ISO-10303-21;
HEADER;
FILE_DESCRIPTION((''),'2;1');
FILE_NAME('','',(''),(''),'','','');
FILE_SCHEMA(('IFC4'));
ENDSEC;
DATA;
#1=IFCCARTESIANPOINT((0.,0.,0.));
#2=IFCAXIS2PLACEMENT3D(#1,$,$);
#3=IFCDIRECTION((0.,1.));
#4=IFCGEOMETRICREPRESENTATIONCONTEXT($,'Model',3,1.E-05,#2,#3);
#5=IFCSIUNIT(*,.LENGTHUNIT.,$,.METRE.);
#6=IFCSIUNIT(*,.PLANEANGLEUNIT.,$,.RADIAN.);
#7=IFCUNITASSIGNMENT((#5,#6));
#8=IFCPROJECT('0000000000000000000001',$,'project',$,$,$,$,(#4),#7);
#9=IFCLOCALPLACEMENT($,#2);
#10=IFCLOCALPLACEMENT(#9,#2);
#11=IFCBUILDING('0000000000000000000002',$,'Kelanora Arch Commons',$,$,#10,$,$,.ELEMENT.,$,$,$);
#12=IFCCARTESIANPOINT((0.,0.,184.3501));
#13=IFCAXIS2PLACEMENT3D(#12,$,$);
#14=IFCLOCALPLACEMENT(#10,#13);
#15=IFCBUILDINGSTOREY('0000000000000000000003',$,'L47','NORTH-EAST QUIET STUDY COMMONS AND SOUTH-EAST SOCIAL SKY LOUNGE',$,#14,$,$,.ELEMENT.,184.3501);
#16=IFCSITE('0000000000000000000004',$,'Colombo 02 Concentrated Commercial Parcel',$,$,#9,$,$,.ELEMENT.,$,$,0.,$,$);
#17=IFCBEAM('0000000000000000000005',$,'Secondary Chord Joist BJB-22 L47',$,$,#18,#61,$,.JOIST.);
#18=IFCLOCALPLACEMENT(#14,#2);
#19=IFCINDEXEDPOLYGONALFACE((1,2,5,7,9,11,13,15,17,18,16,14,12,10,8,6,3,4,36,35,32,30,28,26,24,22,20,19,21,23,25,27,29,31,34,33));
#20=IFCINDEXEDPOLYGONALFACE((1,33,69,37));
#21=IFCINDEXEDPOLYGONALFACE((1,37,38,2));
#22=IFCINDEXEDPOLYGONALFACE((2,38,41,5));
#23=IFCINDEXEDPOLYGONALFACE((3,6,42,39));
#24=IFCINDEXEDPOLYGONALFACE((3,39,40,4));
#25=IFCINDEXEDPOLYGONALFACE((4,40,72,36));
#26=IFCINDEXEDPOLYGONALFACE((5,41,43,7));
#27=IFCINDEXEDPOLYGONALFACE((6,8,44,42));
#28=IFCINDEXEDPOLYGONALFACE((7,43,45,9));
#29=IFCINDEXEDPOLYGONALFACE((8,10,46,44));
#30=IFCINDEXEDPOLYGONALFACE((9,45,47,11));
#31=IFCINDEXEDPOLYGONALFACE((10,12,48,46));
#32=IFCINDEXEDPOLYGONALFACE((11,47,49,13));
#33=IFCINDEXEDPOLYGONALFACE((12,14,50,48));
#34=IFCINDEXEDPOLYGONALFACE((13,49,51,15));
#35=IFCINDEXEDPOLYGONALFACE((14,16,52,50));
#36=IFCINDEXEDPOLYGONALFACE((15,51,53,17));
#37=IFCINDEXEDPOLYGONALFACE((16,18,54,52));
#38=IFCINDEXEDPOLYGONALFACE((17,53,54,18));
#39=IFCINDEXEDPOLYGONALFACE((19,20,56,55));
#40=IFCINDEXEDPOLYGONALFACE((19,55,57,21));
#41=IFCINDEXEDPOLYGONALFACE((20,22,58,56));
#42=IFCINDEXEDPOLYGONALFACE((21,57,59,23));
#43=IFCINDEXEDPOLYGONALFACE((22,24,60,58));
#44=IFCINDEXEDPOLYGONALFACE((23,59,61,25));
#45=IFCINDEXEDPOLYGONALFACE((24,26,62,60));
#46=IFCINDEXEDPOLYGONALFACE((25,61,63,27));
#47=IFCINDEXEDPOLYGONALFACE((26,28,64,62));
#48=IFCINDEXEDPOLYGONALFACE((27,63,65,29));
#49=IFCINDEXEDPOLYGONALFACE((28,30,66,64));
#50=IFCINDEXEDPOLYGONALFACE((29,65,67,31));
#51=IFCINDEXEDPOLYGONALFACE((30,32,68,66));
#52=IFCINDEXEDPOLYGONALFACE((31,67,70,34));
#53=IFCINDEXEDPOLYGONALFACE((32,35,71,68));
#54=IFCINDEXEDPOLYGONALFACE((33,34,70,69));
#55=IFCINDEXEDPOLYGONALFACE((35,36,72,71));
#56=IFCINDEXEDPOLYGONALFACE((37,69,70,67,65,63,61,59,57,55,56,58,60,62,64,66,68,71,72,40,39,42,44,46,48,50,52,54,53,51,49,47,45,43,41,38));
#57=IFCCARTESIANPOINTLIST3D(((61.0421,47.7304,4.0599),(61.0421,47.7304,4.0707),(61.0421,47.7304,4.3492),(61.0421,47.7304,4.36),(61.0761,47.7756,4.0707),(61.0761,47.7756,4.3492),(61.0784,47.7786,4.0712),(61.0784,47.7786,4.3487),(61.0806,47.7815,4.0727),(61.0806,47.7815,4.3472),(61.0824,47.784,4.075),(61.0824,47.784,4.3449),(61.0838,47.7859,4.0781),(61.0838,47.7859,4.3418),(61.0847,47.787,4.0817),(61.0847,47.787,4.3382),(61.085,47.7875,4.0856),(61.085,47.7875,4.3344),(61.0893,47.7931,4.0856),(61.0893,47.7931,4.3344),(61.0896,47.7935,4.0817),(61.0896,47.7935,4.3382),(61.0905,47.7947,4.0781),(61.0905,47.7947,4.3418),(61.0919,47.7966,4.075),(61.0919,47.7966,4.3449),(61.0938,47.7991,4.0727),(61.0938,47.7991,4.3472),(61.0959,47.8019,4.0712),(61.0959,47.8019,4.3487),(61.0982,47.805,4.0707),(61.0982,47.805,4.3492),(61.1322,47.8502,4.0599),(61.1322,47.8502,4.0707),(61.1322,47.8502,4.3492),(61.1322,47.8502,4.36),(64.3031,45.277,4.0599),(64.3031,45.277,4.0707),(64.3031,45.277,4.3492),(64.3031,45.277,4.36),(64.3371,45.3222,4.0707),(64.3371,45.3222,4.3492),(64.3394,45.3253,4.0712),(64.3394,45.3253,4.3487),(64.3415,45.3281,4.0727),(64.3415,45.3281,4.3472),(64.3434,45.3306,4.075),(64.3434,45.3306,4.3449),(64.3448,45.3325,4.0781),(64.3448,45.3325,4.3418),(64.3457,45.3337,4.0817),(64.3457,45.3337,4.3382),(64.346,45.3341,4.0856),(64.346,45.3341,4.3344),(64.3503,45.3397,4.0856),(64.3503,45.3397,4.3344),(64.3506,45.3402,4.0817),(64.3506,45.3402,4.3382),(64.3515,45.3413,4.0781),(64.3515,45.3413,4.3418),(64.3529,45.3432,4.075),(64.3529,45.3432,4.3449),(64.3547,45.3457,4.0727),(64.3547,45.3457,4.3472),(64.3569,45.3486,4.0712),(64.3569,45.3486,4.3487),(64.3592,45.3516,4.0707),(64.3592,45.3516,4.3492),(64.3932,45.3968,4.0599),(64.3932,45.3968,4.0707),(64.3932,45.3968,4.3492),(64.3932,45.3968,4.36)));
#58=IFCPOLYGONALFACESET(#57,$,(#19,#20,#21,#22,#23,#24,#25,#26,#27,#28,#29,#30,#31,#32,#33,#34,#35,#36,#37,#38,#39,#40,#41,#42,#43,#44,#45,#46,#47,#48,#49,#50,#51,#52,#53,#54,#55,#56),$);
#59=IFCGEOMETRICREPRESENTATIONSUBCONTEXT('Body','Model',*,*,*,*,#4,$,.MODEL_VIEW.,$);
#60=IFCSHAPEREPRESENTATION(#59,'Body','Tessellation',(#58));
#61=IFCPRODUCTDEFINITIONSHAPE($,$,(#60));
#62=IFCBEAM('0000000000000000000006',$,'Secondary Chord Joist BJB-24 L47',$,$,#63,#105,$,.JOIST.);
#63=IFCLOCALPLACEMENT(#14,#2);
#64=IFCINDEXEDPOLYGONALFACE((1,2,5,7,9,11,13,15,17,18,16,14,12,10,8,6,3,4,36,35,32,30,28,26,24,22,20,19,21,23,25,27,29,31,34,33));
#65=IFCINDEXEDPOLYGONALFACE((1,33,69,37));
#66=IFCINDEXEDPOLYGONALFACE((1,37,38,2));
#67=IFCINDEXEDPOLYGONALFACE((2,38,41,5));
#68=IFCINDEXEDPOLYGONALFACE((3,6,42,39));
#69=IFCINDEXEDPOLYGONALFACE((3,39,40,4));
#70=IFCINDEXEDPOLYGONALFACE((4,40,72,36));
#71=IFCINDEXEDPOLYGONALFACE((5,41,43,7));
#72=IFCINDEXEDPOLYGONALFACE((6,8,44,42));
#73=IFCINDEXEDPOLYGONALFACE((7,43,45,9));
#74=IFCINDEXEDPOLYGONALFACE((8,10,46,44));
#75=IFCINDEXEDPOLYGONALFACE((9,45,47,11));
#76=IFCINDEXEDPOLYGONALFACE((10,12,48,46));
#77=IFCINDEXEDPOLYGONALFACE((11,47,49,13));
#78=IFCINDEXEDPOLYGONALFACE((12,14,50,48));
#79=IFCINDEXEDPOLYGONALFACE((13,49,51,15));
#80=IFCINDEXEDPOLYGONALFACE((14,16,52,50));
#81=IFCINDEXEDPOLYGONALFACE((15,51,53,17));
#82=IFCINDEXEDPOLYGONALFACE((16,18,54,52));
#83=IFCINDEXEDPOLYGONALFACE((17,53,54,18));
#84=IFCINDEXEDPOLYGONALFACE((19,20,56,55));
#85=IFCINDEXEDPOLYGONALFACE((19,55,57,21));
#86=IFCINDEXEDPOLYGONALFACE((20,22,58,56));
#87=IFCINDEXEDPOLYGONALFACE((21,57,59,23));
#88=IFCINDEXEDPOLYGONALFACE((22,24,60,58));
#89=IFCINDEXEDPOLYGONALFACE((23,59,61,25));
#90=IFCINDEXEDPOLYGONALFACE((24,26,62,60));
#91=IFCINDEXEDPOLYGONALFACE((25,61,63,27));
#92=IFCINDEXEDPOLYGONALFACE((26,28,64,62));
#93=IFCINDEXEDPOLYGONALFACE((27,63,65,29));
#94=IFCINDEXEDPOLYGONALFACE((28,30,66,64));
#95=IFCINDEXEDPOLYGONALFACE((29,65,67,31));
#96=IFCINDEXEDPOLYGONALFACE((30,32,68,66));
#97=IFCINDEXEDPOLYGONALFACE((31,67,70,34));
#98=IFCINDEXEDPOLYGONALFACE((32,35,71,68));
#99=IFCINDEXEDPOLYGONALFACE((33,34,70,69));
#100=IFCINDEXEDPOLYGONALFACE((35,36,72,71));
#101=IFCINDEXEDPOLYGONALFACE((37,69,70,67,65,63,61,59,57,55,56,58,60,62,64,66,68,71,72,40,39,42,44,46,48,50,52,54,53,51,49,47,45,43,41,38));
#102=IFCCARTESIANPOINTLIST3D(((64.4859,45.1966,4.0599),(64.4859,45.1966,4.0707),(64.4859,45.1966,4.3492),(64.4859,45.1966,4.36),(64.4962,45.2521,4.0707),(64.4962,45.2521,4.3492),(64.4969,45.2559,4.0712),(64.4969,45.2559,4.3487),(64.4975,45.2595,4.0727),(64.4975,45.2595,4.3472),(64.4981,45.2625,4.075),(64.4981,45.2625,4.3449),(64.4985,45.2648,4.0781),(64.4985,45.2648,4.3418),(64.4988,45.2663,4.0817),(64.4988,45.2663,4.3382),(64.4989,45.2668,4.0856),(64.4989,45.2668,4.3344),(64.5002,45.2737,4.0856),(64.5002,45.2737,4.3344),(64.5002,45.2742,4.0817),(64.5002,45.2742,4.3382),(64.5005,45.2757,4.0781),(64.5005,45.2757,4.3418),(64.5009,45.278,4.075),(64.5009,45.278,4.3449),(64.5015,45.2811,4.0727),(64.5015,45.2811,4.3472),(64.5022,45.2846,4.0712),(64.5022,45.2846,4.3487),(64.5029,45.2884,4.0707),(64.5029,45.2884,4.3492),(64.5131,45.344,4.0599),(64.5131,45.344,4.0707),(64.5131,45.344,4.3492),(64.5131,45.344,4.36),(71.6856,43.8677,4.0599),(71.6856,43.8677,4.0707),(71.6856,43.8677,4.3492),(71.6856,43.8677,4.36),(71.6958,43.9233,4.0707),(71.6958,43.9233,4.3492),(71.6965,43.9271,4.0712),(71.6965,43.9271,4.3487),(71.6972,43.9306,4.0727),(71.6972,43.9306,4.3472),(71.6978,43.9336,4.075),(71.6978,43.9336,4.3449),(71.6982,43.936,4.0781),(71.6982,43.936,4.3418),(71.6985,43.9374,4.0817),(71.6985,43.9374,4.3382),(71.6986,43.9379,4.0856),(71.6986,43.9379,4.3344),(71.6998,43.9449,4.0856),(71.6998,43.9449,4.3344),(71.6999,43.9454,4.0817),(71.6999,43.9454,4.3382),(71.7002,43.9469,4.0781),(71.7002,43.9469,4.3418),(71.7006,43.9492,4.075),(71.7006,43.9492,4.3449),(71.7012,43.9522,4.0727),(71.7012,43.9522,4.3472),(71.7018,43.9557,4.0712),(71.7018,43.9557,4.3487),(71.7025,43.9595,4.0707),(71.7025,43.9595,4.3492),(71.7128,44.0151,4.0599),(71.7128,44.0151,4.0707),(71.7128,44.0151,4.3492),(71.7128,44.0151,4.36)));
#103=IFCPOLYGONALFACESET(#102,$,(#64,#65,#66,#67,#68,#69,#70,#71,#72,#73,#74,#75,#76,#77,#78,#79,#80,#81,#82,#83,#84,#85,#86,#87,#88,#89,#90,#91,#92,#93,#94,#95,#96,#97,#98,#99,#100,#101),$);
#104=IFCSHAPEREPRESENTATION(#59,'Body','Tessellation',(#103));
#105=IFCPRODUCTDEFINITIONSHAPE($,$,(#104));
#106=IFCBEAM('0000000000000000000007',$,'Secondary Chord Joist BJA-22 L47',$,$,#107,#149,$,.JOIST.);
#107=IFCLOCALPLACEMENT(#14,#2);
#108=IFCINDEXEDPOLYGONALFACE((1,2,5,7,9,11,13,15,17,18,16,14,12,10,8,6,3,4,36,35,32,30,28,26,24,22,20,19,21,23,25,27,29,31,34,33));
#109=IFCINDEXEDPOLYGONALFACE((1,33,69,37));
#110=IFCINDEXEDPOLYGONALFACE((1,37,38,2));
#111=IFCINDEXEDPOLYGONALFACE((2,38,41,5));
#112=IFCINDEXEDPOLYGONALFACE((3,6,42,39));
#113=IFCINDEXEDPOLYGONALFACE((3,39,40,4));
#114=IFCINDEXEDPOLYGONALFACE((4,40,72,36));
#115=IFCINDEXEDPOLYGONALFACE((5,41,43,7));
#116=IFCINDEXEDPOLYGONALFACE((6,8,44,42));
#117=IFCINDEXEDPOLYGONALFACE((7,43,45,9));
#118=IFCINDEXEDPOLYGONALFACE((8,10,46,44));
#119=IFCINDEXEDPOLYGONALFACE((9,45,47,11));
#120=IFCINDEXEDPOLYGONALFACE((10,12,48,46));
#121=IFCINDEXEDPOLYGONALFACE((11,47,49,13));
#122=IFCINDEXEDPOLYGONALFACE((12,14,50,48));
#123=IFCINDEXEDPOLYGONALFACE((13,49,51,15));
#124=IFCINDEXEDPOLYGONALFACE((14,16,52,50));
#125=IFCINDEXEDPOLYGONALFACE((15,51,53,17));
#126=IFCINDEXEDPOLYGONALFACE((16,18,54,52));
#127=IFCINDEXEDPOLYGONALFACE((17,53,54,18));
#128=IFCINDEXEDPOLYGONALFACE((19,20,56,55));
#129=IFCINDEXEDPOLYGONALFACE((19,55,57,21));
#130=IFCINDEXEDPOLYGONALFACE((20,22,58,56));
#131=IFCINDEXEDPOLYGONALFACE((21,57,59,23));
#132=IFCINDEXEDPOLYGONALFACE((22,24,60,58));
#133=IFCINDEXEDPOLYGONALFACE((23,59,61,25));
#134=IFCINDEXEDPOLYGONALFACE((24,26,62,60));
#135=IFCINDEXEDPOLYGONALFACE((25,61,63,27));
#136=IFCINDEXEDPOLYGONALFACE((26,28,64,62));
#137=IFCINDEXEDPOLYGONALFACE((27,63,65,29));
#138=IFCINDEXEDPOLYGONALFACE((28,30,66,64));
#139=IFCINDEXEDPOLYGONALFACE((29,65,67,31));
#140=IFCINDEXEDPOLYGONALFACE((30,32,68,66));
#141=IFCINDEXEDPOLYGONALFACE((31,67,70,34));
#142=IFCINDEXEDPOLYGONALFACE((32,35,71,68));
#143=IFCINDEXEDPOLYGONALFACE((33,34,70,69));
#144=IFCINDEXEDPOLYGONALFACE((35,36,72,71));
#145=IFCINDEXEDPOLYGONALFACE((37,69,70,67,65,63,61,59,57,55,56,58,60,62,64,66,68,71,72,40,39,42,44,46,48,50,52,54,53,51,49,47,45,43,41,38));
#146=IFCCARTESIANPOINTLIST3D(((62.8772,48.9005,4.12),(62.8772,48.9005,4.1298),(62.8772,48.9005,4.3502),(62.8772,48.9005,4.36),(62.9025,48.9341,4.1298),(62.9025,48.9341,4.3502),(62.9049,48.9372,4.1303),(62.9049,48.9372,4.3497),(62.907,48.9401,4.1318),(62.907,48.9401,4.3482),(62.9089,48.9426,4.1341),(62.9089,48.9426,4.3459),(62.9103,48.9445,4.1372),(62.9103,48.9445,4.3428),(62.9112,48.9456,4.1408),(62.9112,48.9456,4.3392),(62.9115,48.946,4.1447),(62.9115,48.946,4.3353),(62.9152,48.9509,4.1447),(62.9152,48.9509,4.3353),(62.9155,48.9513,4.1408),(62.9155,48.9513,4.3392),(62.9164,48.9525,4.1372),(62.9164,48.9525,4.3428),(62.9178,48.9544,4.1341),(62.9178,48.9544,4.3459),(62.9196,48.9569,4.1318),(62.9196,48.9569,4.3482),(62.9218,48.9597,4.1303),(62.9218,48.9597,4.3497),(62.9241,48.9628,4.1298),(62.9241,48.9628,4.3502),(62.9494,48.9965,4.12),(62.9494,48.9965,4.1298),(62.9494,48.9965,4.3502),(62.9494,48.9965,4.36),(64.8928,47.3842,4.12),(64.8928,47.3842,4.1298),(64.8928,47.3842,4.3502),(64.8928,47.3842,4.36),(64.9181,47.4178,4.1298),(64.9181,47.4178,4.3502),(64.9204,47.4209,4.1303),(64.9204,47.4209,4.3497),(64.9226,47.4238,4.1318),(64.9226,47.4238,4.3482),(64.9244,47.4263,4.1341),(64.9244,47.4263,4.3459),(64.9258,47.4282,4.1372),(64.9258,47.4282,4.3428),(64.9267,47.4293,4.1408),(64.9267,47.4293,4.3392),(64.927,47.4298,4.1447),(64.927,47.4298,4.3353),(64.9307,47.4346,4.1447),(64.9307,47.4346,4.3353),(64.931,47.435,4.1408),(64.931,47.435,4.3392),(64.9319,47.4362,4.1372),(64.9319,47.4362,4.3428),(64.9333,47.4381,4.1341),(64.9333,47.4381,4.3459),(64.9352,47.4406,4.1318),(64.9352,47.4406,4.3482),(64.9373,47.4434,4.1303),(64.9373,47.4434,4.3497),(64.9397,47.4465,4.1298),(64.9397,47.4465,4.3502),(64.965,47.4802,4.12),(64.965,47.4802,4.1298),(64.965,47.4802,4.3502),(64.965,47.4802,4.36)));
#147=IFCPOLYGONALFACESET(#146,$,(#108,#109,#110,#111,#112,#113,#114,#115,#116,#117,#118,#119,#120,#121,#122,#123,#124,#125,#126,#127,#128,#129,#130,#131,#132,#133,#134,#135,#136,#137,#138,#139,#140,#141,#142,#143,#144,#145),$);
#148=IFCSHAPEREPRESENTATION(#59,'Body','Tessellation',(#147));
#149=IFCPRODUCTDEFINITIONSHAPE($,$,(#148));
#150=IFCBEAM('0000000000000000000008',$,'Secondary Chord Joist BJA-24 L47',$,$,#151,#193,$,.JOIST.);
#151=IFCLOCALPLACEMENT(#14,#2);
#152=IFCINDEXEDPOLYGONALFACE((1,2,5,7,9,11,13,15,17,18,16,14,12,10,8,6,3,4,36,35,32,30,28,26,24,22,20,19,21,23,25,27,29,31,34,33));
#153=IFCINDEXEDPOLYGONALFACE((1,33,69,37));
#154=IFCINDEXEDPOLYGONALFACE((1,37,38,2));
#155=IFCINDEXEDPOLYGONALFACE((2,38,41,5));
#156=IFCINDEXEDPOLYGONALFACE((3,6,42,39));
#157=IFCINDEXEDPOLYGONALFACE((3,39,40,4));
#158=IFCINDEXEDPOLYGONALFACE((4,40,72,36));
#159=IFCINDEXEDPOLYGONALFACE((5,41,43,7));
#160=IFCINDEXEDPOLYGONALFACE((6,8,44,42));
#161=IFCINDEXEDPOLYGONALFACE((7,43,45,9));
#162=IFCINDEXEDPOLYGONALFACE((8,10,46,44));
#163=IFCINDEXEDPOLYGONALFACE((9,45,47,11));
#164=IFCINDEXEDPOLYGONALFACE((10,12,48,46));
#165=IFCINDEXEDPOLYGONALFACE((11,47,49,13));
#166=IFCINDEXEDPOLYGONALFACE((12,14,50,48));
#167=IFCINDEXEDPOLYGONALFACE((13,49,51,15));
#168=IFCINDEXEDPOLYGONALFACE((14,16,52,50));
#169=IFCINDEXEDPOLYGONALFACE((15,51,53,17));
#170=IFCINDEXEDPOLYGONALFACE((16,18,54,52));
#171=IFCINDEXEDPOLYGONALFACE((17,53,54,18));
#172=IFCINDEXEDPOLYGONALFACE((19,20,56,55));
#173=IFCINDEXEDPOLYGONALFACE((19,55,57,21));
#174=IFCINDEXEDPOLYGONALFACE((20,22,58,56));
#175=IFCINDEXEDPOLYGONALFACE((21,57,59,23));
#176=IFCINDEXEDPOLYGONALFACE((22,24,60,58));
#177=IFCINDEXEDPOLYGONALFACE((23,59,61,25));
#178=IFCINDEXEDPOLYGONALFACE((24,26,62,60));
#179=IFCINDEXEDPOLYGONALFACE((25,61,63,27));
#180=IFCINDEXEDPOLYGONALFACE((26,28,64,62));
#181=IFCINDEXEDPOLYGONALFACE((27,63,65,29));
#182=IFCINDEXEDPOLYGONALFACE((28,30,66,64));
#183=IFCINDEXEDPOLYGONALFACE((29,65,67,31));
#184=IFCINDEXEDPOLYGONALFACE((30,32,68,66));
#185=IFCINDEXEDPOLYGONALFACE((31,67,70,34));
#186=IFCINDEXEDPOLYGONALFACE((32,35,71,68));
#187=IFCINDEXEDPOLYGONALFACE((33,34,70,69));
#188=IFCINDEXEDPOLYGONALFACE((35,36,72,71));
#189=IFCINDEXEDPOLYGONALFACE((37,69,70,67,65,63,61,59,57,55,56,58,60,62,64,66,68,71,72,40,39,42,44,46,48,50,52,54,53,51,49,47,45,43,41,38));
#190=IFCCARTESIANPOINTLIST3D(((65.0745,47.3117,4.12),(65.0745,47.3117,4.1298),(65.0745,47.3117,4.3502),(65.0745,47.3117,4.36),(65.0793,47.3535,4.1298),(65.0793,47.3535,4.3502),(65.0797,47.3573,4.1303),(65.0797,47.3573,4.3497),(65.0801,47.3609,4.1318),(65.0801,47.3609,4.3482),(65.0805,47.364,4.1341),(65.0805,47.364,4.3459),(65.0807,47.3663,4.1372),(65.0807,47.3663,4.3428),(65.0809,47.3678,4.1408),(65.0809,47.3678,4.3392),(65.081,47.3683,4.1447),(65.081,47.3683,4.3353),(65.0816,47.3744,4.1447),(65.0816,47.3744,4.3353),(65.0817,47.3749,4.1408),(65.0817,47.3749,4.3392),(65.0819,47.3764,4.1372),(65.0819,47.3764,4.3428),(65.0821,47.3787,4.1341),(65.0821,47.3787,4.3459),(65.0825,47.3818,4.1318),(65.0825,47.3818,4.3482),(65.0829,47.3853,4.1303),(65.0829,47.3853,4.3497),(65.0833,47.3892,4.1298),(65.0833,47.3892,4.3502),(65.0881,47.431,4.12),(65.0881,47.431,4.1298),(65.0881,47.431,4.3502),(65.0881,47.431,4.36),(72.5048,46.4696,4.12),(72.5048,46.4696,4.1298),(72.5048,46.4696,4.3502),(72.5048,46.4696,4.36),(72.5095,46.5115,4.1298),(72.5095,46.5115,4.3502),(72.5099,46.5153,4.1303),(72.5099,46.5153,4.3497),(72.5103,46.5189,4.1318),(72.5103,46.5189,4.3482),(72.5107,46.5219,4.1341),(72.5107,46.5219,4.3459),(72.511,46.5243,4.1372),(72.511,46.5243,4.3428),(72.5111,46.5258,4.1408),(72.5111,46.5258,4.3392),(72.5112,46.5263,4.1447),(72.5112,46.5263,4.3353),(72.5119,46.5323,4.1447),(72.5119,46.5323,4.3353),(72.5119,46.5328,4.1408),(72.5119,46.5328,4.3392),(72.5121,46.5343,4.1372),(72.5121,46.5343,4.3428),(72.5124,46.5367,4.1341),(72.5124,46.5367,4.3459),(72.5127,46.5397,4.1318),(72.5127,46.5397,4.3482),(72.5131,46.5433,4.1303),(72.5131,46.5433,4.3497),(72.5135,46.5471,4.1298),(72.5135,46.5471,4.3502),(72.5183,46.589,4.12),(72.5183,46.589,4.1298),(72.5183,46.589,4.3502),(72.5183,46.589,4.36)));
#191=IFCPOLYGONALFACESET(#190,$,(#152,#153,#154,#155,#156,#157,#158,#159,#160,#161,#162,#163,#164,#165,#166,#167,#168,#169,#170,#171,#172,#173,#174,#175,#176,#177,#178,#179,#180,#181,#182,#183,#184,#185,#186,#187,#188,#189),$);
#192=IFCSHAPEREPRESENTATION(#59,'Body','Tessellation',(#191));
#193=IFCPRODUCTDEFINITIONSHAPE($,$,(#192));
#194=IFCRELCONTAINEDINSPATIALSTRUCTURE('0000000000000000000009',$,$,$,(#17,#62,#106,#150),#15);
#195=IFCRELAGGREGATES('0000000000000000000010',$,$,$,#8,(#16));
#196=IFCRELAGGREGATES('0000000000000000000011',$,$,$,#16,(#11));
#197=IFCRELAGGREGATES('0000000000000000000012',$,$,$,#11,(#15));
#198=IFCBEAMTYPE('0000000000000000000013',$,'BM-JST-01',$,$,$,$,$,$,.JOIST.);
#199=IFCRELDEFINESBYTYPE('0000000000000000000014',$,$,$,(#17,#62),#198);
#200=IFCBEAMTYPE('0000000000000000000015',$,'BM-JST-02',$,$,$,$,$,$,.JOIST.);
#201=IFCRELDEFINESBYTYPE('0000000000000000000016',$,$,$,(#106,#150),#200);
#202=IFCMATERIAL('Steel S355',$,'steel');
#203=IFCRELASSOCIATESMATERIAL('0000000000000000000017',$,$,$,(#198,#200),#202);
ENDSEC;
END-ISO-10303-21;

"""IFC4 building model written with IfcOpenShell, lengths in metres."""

from ifc_helpers import new_model, si_unit, direction, frame, origin, origin_2d, place, context, subcontext, project, spatial, i_section, extrude, material, material_profile, profile_set, type_object, element, save


model = new_model("IFC4")

# Units and contexts
model_context = context("Model", 3, precision=1e-05, world=origin(), true_north=direction((0.0, 1.0)))
body_context = subcontext(model_context, "Body", "Model", "MODEL_VIEW")
ifc_project = project(units=[si_unit("LENGTHUNIT", "METRE"), si_unit("PLANEANGLEUNIT", "RADIAN")], contexts=[model_context])

# Site, building, storey
site_placement = place(None, origin())
site = spatial("IfcSite", under=ifc_project, at=site_placement, Name="Colombo 02 Concentrated Commercial Parcel", CompositionType="ELEMENT", RefElevation=0.0)
building_placement = place(site_placement, origin())
building = spatial("IfcBuilding", under=site, at=building_placement, Name="Kelanora Arch Commons", CompositionType="ELEMENT")
storey_placement = place(building_placement, frame((0.0, 0.0, 184.3501)))
storey = spatial("IfcBuildingStorey", under=building, at=storey_placement, Name="L47", Description="NORTH-EAST QUIET STUDY COMMONS AND SOUTH-EAST SOCIAL SKY LOUNGE", CompositionType="ELEMENT", Elevation=184.3501)

# Beams
ifc_material_1 = material(Name="Steel S355", Category="steel")
ifc_material_profile_1 = material_profile(ifc_material_1, i_section(OverallWidth=0.1499, OverallDepth=0.3, WebThickness=0.0071, FlangeThickness=0.0107, FilletRadius=0.0149, at=origin_2d()), Name="IPE300")
ifc_profile_set_1 = profile_set([ifc_material_profile_1], Name="Steel S355")
beam_type_1 = type_object("IfcBeamType", Name="BM-JST-01", PredefinedType="JOIST", material=ifc_profile_set_1)
beam_1_placement = place(storey_placement, frame((61.0872, 47.7903, 4.21), z_axis=(0.799102, -0.601196, 0.0), x_axis=(0.601196, 0.799102, 0.0)))
element("IfcBeam", 1, at=beam_1_placement, inside=storey, type_object=beam_type_1, Name="Secondary Chord Joist BJB-22 L47", PredefinedType="JOIST", context=body_context, shape_type="SweptSolid", body=[
    extrude(i_section(OverallWidth=0.1499, OverallDepth=0.3, WebThickness=0.0071, FlangeThickness=0.0107, FilletRadius=0.0149, at=origin_2d()), origin(), (0.0, 0.0, 1.0), 4.0808),
])
beam_2_placement = place(storey_placement, frame((64.4995, 45.2703, 4.21), z_axis=(0.98339, -0.181505, 0.0), x_axis=(0.181505, 0.98339, 0.0)))
element("IfcBeam", 2, at=beam_2_placement, inside=storey, type_object=beam_type_1, Name="Secondary Chord Joist BJB-24 L47", PredefinedType="JOIST", context=body_context, shape_type="SweptSolid", body=[
    extrude(i_section(OverallWidth=0.1499, OverallDepth=0.3, WebThickness=0.0071, FlangeThickness=0.0107, FilletRadius=0.0149, at=origin_2d()), origin(), (0.0, 0.0, 1.0), 7.3213),
])
ifc_material_profile_2 = material_profile(ifc_material_1, i_section(OverallWidth=0.1201, OverallDepth=0.24, WebThickness=0.0061, FlangeThickness=0.0098, FilletRadius=0.0149, at=origin_2d()), Name="IPE240")
ifc_profile_set_2 = profile_set([ifc_material_profile_2], Name="Steel S355")
beam_type_2 = type_object("IfcBeamType", Name="BM-JST-02", PredefinedType="JOIST", material=ifc_profile_set_2)
beam_3_placement = place(storey_placement, frame((62.9133, 48.9485, 4.24), z_axis=(0.799116, -0.601176, 0.0), x_axis=(0.601176, 0.799116, 0.0)))
element("IfcBeam", 3, at=beam_3_placement, inside=storey, type_object=beam_type_2, Name="Secondary Chord Joist BJA-22 L47", PredefinedType="JOIST", context=body_context, shape_type="SweptSolid", body=[
    extrude(i_section(OverallWidth=0.1201, OverallDepth=0.24, WebThickness=0.0061, FlangeThickness=0.0098, FilletRadius=0.0149, at=origin_2d()), origin(), (0.0, 0.0, 1.0), 2.5222),
])
beam_4_placement = place(storey_placement, frame((65.0813, 47.3713, 4.24), z_axis=(0.99364, -0.112606, 0.0), x_axis=(0.112606, 0.99364, 0.0)))
element("IfcBeam", 4, at=beam_4_placement, inside=storey, type_object=beam_type_2, Name="Secondary Chord Joist BJA-24 L47", PredefinedType="JOIST", context=body_context, shape_type="SweptSolid", body=[
    extrude(i_section(OverallWidth=0.1201, OverallDepth=0.24, WebThickness=0.0061, FlangeThickness=0.0098, FilletRadius=0.0149, at=origin_2d()), origin(), (0.0, 0.0, 1.0), 7.4778),
])

save(model, "model.ifc")
